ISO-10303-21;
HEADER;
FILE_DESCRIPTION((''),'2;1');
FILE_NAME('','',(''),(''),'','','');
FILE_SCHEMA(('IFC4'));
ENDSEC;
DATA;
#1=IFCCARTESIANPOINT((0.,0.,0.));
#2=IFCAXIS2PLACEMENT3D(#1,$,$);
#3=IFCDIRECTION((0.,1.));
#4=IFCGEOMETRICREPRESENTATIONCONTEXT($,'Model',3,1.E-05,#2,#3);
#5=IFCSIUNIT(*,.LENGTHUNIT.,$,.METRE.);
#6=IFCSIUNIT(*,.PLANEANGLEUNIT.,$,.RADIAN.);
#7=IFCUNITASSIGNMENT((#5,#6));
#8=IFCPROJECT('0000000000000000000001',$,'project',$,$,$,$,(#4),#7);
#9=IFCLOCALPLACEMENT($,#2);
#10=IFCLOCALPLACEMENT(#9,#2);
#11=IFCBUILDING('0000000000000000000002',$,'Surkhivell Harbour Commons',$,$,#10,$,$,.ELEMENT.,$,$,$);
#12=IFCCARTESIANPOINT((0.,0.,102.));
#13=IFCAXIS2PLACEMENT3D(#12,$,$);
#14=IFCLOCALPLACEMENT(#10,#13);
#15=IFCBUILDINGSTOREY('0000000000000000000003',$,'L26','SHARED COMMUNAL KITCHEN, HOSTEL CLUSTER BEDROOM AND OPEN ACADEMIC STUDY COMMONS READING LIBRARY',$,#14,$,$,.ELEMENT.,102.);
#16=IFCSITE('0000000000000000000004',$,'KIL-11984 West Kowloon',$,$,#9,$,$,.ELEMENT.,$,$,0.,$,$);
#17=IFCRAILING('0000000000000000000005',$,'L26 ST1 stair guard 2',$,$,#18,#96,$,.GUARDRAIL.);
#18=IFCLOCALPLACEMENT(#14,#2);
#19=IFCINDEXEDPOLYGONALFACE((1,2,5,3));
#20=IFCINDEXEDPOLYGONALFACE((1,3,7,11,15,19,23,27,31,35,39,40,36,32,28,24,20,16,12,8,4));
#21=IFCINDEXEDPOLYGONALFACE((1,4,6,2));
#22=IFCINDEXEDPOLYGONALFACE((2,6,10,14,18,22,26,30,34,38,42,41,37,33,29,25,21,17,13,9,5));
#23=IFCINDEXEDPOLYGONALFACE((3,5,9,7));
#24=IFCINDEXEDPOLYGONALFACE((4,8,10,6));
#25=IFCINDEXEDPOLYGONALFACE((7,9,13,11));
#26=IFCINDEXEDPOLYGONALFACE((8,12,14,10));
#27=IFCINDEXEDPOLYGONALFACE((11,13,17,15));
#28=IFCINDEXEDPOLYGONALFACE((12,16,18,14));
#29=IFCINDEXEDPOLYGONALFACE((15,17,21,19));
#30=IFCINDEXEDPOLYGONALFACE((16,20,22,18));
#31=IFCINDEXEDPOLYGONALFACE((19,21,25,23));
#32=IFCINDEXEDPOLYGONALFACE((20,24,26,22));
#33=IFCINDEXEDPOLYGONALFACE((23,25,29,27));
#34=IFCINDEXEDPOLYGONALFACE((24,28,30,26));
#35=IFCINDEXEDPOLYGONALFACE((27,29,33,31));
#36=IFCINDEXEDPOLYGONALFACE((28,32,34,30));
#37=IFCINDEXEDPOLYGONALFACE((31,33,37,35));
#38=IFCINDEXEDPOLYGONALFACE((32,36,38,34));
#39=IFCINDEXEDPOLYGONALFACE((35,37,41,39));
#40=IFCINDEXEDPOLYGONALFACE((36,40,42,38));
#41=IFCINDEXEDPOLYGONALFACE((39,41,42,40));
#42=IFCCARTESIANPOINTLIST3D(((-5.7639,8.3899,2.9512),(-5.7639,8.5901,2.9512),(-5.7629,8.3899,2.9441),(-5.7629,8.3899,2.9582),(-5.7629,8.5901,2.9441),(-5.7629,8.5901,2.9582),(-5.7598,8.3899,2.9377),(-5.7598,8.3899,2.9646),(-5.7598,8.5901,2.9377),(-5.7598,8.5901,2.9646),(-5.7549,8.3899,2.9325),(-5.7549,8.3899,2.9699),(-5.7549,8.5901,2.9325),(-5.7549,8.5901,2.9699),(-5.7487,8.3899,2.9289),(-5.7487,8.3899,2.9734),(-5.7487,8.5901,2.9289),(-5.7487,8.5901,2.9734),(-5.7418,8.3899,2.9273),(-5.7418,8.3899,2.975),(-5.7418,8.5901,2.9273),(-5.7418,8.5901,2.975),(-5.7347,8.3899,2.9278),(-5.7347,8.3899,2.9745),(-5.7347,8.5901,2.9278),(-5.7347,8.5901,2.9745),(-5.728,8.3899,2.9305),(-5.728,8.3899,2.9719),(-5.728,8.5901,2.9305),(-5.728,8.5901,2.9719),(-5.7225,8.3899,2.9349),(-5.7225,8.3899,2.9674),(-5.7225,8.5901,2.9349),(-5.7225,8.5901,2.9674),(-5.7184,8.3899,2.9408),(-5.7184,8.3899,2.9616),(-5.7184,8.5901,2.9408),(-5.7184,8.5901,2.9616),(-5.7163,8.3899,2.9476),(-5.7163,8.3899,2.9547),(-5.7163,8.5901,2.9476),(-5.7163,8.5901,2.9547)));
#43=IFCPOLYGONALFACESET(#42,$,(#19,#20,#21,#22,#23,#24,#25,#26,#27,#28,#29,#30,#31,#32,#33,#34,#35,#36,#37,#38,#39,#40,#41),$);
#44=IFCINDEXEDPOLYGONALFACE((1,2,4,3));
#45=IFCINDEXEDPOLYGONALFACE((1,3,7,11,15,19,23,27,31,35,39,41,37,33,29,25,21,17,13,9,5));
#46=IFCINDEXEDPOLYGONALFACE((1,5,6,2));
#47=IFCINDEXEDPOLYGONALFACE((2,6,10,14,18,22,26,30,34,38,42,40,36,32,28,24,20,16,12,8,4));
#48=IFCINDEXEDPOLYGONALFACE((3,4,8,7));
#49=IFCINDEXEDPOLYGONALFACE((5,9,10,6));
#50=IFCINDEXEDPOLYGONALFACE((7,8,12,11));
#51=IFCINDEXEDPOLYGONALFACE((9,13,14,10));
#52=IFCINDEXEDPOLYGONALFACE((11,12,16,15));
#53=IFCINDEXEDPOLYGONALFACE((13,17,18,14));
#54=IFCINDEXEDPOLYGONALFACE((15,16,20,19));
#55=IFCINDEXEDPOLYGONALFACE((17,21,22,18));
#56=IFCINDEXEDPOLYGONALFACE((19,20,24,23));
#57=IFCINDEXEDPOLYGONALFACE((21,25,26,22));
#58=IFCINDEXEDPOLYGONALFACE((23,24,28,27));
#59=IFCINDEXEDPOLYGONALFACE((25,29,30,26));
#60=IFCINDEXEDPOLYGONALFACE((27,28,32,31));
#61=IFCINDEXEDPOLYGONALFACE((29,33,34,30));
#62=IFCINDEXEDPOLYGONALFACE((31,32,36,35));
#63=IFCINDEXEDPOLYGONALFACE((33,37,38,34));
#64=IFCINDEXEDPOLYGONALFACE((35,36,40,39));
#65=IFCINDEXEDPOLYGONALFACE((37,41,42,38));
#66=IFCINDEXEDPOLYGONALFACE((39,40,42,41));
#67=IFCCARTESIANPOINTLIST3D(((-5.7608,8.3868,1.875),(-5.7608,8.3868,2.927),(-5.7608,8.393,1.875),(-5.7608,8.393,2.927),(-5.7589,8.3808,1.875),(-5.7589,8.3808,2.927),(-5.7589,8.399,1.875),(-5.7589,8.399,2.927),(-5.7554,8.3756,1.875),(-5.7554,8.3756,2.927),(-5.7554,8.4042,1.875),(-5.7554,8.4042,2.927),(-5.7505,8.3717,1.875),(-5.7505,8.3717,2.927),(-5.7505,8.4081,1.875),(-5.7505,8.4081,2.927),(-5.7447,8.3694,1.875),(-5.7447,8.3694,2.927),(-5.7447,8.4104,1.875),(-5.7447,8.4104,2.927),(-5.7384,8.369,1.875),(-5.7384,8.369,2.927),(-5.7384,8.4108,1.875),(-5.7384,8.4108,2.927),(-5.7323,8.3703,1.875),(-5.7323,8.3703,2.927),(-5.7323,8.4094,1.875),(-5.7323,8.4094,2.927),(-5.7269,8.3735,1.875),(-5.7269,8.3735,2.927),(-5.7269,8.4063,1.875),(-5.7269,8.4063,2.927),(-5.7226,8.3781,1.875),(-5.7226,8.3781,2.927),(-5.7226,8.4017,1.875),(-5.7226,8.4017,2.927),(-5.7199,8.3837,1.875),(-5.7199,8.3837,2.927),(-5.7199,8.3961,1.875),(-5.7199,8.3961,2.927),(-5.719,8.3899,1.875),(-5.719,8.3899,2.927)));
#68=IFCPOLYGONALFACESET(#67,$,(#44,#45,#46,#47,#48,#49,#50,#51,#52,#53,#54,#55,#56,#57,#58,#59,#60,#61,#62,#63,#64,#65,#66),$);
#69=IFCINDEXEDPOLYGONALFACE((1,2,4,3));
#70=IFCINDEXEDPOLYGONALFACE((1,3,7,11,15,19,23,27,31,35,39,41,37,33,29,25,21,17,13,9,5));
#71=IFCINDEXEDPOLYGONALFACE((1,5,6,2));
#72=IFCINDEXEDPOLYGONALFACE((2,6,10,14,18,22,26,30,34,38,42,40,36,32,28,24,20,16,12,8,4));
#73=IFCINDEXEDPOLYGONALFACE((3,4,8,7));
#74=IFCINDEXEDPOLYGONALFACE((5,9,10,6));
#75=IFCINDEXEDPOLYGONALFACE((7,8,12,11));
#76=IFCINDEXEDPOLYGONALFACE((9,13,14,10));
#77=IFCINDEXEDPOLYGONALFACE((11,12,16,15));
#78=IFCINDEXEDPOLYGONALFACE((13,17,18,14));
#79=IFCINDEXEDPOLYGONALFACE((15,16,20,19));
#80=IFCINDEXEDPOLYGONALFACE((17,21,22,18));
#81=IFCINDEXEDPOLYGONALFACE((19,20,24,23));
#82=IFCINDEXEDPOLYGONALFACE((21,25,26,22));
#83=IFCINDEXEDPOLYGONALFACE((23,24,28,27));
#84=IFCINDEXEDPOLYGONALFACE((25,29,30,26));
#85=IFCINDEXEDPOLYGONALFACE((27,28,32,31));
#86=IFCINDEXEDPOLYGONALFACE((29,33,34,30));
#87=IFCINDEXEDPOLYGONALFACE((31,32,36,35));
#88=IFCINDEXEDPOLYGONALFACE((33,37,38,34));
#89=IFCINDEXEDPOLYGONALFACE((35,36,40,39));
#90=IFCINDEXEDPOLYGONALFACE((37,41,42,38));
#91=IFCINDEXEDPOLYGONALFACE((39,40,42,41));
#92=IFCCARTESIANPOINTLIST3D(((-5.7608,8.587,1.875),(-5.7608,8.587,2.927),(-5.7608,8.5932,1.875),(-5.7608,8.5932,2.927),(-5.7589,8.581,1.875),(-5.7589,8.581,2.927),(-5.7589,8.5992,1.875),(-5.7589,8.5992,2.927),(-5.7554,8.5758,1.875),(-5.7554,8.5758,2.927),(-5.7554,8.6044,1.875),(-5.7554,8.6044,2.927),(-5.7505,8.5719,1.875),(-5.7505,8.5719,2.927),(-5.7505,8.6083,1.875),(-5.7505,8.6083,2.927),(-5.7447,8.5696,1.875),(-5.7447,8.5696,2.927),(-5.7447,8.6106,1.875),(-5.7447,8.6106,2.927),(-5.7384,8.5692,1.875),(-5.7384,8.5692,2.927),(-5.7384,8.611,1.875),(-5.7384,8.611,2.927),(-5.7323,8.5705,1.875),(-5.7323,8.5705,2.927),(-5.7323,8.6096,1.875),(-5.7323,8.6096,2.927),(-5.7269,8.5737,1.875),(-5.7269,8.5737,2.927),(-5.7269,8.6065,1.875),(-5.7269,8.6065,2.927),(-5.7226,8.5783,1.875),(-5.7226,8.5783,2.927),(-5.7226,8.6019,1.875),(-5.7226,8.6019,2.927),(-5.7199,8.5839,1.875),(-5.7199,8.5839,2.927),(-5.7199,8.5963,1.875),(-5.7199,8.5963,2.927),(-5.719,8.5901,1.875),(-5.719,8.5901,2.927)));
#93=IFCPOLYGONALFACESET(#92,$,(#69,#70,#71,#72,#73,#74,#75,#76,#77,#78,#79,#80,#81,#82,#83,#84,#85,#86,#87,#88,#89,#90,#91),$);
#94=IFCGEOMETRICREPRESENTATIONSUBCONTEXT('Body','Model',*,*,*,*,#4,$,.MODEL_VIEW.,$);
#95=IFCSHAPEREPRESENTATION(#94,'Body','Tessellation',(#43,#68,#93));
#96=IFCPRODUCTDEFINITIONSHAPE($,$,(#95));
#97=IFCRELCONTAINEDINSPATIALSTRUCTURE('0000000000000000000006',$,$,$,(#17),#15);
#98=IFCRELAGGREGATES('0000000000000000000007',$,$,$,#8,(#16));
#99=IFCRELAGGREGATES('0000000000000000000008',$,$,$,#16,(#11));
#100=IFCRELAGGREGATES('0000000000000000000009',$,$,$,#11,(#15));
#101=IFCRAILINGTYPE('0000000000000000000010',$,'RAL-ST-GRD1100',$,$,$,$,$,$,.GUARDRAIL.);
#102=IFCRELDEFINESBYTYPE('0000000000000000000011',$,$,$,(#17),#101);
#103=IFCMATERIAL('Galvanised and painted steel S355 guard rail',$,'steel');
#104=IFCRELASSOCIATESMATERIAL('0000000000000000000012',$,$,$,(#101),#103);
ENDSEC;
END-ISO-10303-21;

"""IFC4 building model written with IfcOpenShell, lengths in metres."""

from ifc_helpers import new_model, si_unit, direction, frame, origin, origin_2d, place, context, subcontext, project, spatial, circle, extrude, material, type_object, element, save


model = new_model("IFC4")

# Units and contexts
model_context = context("Model", 3, precision=1e-05, world=origin(), true_north=direction((0.0, 1.0)))
body_context = subcontext(model_context, "Body", "Model", "MODEL_VIEW")
ifc_project = project(units=[si_unit("LENGTHUNIT", "METRE"), si_unit("PLANEANGLEUNIT", "RADIAN")], contexts=[model_context])

# Site, building, storey
site_placement = place(None, origin())
site = spatial("IfcSite", under=ifc_project, at=site_placement, Name="KIL-11984 West Kowloon", CompositionType="ELEMENT", RefElevation=0.0)
building_placement = place(site_placement, origin())
building = spatial("IfcBuilding", under=site, at=building_placement, Name="Surkhivell Harbour Commons", CompositionType="ELEMENT")
storey_placement = place(building_placement, frame((0.0, 0.0, 102.0)))
storey = spatial("IfcBuildingStorey", under=building, at=storey_placement, Name="L26", Description="SHARED COMMUNAL KITCHEN, HOSTEL CLUSTER BEDROOM AND OPEN ACADEMIC STUDY COMMONS READING LIBRARY", CompositionType="ELEMENT", Elevation=102.0)

# Railing
ifc_material_1 = material(Name="Galvanised and painted steel S355 guard rail", Category="steel")
railing_type_1 = type_object("IfcRailingType", Name="RAL-ST-GRD1100", PredefinedType="GUARDRAIL", material=ifc_material_1)
railing_1_placement = place(storey_placement, frame((-5.74, 8.3899, 1.875)))
element("IfcRailing", 1, at=railing_1_placement, inside=storey, type_object=railing_type_1, Name="L26 ST1 stair guard 2", PredefinedType="GUARDRAIL", context=body_context, shape_type="SweptSolid", body=[
    extrude(circle(Radius=0.0239, at=origin_2d()), frame((0.0, 0.0, 1.0762), z_axis=(0.0, 1.0, 0.0), x_axis=(-1.0, 0.0, 0.0)), (0.0, 0.0, 1.0), 0.2002),
    extrude(circle(Radius=0.021, at=origin_2d()), origin(), (0.0, 0.0, 1.0), 1.052),
    extrude(circle(Radius=0.021, at=origin_2d()), frame((0.0, 0.2002, 0.0)), (0.0, 0.0, 1.0), 1.052),
])

save(model, "model.ifc")
